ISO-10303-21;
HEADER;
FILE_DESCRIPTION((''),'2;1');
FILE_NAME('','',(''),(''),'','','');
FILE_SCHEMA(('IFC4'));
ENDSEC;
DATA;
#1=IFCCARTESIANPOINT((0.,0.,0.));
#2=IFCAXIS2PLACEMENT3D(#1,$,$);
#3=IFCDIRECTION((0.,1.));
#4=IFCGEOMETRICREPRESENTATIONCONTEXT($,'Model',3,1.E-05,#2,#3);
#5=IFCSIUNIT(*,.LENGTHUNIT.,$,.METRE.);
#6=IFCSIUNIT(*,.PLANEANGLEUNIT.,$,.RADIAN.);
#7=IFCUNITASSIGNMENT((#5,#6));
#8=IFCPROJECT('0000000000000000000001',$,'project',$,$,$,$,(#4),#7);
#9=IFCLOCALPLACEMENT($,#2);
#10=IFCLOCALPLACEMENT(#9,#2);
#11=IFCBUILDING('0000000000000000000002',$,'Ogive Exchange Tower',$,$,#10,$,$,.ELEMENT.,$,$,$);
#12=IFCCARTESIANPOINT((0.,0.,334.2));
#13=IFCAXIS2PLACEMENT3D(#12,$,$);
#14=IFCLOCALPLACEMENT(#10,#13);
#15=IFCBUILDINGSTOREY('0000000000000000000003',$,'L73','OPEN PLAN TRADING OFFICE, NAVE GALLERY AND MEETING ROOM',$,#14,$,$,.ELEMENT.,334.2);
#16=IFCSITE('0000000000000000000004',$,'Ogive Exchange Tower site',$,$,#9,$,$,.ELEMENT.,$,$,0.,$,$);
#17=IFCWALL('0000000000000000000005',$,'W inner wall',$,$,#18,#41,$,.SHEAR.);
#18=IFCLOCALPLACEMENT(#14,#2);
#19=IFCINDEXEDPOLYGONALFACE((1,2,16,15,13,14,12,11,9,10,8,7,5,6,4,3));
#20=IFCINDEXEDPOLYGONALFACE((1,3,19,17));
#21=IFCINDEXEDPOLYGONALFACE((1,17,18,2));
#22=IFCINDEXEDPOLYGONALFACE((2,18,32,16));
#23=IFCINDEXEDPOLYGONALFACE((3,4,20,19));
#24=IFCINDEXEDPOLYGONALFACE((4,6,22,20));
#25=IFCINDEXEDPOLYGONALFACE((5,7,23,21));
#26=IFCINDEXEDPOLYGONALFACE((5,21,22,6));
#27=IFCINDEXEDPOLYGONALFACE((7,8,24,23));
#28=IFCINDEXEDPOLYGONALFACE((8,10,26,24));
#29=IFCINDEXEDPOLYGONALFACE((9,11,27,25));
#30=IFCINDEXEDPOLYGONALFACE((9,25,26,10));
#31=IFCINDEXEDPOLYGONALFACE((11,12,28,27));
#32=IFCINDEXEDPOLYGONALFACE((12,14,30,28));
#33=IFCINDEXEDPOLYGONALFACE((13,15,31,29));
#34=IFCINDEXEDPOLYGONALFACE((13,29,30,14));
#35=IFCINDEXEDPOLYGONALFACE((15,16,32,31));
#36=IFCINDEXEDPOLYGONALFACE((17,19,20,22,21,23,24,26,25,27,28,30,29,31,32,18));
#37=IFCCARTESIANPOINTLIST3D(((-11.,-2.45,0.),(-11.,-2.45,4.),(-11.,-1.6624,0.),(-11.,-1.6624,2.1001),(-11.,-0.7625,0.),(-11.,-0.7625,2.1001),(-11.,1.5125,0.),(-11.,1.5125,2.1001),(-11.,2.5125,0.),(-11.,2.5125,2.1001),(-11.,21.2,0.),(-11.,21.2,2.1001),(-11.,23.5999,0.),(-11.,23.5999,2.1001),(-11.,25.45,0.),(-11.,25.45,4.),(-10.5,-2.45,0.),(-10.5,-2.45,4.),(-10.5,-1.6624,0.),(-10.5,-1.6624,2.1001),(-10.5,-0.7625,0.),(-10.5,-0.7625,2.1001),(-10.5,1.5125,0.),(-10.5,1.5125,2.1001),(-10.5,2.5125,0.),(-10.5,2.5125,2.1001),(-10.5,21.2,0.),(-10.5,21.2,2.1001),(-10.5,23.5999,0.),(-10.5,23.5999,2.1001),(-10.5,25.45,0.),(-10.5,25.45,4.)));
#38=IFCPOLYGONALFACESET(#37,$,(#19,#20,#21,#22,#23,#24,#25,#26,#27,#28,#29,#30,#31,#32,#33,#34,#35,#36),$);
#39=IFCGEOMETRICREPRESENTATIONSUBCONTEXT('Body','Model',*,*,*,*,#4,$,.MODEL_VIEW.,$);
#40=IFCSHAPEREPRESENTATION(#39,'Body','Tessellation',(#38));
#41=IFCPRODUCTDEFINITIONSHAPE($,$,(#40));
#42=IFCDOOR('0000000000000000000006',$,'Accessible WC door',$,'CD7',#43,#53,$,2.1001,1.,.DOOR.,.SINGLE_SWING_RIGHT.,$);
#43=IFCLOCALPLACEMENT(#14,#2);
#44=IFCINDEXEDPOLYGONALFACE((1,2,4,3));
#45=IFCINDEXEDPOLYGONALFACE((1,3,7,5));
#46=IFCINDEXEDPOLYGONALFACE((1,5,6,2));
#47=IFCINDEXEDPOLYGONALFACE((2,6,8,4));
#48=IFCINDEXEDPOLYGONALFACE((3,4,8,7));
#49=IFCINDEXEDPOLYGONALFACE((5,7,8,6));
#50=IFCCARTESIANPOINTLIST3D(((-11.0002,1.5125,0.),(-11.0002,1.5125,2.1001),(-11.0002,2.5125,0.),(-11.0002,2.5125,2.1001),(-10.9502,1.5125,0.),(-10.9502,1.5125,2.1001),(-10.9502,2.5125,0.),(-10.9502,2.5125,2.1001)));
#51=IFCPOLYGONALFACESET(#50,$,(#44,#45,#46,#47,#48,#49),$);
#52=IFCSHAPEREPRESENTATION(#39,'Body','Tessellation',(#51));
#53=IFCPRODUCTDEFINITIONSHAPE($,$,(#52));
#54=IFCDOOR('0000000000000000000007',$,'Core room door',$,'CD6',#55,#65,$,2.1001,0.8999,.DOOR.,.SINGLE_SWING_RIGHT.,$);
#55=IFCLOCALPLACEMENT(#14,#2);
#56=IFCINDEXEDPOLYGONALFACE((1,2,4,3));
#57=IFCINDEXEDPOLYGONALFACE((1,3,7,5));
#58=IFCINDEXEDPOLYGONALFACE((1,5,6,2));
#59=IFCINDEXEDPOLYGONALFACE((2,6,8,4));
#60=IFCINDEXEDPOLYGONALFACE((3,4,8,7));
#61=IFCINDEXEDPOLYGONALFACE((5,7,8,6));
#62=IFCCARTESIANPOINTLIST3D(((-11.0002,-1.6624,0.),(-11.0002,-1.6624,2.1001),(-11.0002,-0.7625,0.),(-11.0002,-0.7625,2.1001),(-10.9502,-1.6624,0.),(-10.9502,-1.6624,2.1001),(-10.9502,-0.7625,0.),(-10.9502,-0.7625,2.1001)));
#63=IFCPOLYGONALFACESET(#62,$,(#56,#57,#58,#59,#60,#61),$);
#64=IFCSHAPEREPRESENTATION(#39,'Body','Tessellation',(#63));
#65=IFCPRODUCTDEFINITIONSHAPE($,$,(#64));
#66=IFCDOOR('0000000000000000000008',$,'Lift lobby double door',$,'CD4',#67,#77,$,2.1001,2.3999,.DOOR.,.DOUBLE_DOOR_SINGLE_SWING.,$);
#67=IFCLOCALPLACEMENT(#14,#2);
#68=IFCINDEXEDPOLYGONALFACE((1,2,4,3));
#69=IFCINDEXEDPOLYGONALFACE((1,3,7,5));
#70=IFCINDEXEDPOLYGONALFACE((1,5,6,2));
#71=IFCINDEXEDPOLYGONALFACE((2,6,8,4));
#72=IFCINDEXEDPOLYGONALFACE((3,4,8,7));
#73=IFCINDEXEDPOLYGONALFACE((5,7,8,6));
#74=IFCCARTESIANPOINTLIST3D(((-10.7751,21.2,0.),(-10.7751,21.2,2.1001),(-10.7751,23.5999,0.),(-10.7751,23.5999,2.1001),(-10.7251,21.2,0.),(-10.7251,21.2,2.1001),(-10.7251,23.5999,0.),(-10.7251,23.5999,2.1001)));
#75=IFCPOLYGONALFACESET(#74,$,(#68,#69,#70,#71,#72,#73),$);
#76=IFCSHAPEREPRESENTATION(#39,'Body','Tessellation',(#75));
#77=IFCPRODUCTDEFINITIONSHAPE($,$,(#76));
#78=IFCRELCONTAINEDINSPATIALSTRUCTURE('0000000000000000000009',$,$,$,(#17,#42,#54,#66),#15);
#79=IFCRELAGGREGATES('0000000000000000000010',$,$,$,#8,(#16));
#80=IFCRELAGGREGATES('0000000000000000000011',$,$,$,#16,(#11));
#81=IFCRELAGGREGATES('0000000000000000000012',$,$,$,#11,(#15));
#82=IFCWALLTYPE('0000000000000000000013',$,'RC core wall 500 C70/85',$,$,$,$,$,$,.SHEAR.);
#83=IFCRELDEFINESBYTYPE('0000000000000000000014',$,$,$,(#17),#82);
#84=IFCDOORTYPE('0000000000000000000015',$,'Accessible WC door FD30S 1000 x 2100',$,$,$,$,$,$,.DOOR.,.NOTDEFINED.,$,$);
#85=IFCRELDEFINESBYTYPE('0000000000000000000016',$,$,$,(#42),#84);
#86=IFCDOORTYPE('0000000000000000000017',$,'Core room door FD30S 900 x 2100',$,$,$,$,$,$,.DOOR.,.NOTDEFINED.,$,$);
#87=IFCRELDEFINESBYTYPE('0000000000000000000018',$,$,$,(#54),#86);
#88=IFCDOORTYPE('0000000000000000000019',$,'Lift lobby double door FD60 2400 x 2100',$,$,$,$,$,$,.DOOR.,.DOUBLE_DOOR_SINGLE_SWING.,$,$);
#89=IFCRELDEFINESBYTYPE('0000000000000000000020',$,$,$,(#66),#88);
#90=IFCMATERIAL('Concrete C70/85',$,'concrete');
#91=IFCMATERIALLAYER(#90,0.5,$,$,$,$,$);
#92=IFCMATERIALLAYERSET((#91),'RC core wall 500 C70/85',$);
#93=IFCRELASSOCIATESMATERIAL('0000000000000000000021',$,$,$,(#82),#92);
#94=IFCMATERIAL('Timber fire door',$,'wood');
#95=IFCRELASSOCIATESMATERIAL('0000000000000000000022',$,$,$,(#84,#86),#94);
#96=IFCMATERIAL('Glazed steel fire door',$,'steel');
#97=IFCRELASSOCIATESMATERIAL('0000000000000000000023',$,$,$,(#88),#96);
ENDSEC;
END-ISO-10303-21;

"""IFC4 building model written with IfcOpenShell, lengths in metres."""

from ifc_helpers import new_model, si_unit, direction, frame, frame_2d, origin, place, context, subcontext, project, spatial, rectangle, extrude, material, layer, layer_set, type_object, element, fill, save


model = new_model("IFC4")

# Units and contexts
model_context = context("Model", 3, precision=1e-05, world=origin(), true_north=direction((0.0, 1.0)))
body_context = subcontext(model_context, "Body", "Model", "MODEL_VIEW")
ifc_project = project(units=[si_unit("LENGTHUNIT", "METRE"), si_unit("PLANEANGLEUNIT", "RADIAN")], contexts=[model_context])

# Site, building, storey
site_placement = place(None, origin())
site = spatial("IfcSite", under=ifc_project, at=site_placement, Name="Ogive Exchange Tower site", CompositionType="ELEMENT", RefElevation=0.0)
building_placement = place(site_placement, origin())
building = spatial("IfcBuilding", under=site, at=building_placement, Name="Ogive Exchange Tower", CompositionType="ELEMENT")
storey_placement = place(building_placement, frame((0.0, 0.0, 334.2)))
storey = spatial("IfcBuildingStorey", under=building, at=storey_placement, Name="L73", Description="OPEN PLAN TRADING OFFICE, NAVE GALLERY AND MEETING ROOM", CompositionType="ELEMENT", Elevation=334.2)

# Shared definitions
ifc_material_1 = material(Name="Concrete C70/85", Category="concrete")

# Wall, openings, doors
ifc_layer_1 = layer(ifc_material_1, 0.5)
ifc_layer_set_1 = layer_set([ifc_layer_1], Name="RC core wall 500 C70/85")
wall_type_1 = type_object("IfcWallType", Name="RC core wall 500 C70/85", PredefinedType="SHEAR", material=ifc_layer_set_1)
wall_1_placement = place(storey_placement, frame((-10.75, -2.45, 0.0), z_axis=(0.0, 0.0, 1.0), x_axis=(0.0, 1.0, 0.0)))
wall_1 = element("IfcWall", 1, at=wall_1_placement, inside=storey, type_object=wall_type_1, Name="W inner wall", PredefinedType="SHEAR", context=body_context, shape_type="SweptSolid", body=[
    extrude(rectangle(XDim=27.8999, YDim=0.5, at=frame_2d((13.95, 0.0))), origin(), (0.0, 0.0, 1.0), 4.0),
])
opening_1_placement = place(wall_1_placement, frame((23.6499, 0.0, 0.0)))
opening_1 = element("IfcOpeningElement", 2, at=opening_1_placement, cuts=wall_1, PredefinedType="OPENING", context=body_context, shape_type="SweptSolid", body=[
    extrude(rectangle(XDim=2.3999, YDim=2.1001, at=frame_2d((1.2, 1.05))), frame((0.0, 0.26, 0.0), z_axis=(0.0, -1.0, 0.0), x_axis=(1.0, 0.0, 0.0)), (0.0, 0.0, 1.0), 0.52),
])
opening_2_placement = place(wall_1_placement, frame((0.7876, 0.0, 0.0)))
opening_2 = element("IfcOpeningElement", 3, at=opening_2_placement, cuts=wall_1, PredefinedType="OPENING", context=body_context, shape_type="SweptSolid", body=[
    extrude(rectangle(XDim=0.8999, YDim=2.1001, at=frame_2d((0.45, 1.05))), frame((0.0, 0.26, 0.0), z_axis=(0.0, -1.0, 0.0), x_axis=(1.0, 0.0, 0.0)), (0.0, 0.0, 1.0), 0.52),
])
opening_3_placement = place(wall_1_placement, frame((3.9624, 0.0, 0.0)))
opening_3 = element("IfcOpeningElement", 4, at=opening_3_placement, cuts=wall_1, PredefinedType="OPENING", context=body_context, shape_type="SweptSolid", body=[
    extrude(rectangle(XDim=1.0, YDim=2.1001, at=frame_2d((0.5, 1.05))), frame((0.0, 0.26, 0.0), z_axis=(0.0, -1.0, 0.0), x_axis=(1.0, 0.0, 0.0)), (0.0, 0.0, 1.0), 0.52),
])
ifc_material_2 = material(Name="Timber fire door", Category="wood")
door_type_1 = type_object("IfcDoorType", Name="Accessible WC door FD30S 1000 x 2100", OperationType="NOTDEFINED", PredefinedType="DOOR", material=ifc_material_2)
door_1_placement = place(opening_3_placement, frame((1.0, 0.4502, 0.0), z_axis=(0.0, 0.0, 1.0), x_axis=(-1.0, 0.0, 0.0)))
door_1 = element("IfcDoor", 5, at=door_1_placement, inside=storey, type_object=door_type_1, Name="Accessible WC door", ObjectType="CD7", OperationType="SINGLE_SWING_RIGHT", OverallHeight=2.1001, OverallWidth=1.0, PredefinedType="DOOR", context=body_context, shape_type="SweptSolid", body=[
    extrude(rectangle(XDim=1.0, YDim=2.1001, at=frame_2d((0.5, 1.05))), frame((0.0, 0.25, 0.0), z_axis=(0.0, -1.0, 0.0), x_axis=(1.0, 0.0, 0.0)), (0.0, 0.0, 1.0), 0.05),
])
fill(opening_3, door_1)
door_type_2 = type_object("IfcDoorType", Name="Core room door FD30S 900 x 2100", OperationType="NOTDEFINED", PredefinedType="DOOR", material=ifc_material_2)
door_2_placement = place(opening_2_placement, frame((0.8999, 0.4502, 0.0), z_axis=(0.0, 0.0, 1.0), x_axis=(-1.0, 0.0, 0.0)))
door_2 = element("IfcDoor", 6, at=door_2_placement, inside=storey, type_object=door_type_2, Name="Core room door", ObjectType="CD6", OperationType="SINGLE_SWING_RIGHT", OverallHeight=2.1001, OverallWidth=0.8999, PredefinedType="DOOR", context=body_context, shape_type="SweptSolid", body=[
    extrude(rectangle(XDim=0.8999, YDim=2.1001, at=frame_2d((0.45, 1.05))), frame((0.0, 0.25, 0.0), z_axis=(0.0, -1.0, 0.0), x_axis=(1.0, 0.0, 0.0)), (0.0, 0.0, 1.0), 0.05),
])
fill(opening_2, door_2)
ifc_material_3 = material(Name="Glazed steel fire door", Category="steel")
door_type_3 = type_object("IfcDoorType", Name="Lift lobby double door FD60 2400 x 2100", OperationType="DOUBLE_DOOR_SINGLE_SWING", PredefinedType="DOOR", material=ifc_material_3)
door_3_placement = place(opening_1_placement, frame((2.3999, 0.0, 0.0), z_axis=(0.0, 0.0, 1.0), x_axis=(-1.0, 0.0, 0.0)))
door_3 = element("IfcDoor", 7, at=door_3_placement, inside=storey, type_object=door_type_3, Name="Lift lobby double door", ObjectType="CD4", OperationType="DOUBLE_DOOR_SINGLE_SWING", OverallHeight=2.1001, OverallWidth=2.3999, PredefinedType="DOOR", context=body_context, shape_type="SweptSolid", body=[
    extrude(rectangle(XDim=2.3999, YDim=2.1001, at=frame_2d((1.2, 1.05))), frame((0.0, 0.0249, 0.0), z_axis=(0.0, -1.0, 0.0), x_axis=(1.0, 0.0, 0.0)), (0.0, 0.0, 1.0), 0.05),
])
fill(opening_1, door_3)

save(model, "model.ifc")
